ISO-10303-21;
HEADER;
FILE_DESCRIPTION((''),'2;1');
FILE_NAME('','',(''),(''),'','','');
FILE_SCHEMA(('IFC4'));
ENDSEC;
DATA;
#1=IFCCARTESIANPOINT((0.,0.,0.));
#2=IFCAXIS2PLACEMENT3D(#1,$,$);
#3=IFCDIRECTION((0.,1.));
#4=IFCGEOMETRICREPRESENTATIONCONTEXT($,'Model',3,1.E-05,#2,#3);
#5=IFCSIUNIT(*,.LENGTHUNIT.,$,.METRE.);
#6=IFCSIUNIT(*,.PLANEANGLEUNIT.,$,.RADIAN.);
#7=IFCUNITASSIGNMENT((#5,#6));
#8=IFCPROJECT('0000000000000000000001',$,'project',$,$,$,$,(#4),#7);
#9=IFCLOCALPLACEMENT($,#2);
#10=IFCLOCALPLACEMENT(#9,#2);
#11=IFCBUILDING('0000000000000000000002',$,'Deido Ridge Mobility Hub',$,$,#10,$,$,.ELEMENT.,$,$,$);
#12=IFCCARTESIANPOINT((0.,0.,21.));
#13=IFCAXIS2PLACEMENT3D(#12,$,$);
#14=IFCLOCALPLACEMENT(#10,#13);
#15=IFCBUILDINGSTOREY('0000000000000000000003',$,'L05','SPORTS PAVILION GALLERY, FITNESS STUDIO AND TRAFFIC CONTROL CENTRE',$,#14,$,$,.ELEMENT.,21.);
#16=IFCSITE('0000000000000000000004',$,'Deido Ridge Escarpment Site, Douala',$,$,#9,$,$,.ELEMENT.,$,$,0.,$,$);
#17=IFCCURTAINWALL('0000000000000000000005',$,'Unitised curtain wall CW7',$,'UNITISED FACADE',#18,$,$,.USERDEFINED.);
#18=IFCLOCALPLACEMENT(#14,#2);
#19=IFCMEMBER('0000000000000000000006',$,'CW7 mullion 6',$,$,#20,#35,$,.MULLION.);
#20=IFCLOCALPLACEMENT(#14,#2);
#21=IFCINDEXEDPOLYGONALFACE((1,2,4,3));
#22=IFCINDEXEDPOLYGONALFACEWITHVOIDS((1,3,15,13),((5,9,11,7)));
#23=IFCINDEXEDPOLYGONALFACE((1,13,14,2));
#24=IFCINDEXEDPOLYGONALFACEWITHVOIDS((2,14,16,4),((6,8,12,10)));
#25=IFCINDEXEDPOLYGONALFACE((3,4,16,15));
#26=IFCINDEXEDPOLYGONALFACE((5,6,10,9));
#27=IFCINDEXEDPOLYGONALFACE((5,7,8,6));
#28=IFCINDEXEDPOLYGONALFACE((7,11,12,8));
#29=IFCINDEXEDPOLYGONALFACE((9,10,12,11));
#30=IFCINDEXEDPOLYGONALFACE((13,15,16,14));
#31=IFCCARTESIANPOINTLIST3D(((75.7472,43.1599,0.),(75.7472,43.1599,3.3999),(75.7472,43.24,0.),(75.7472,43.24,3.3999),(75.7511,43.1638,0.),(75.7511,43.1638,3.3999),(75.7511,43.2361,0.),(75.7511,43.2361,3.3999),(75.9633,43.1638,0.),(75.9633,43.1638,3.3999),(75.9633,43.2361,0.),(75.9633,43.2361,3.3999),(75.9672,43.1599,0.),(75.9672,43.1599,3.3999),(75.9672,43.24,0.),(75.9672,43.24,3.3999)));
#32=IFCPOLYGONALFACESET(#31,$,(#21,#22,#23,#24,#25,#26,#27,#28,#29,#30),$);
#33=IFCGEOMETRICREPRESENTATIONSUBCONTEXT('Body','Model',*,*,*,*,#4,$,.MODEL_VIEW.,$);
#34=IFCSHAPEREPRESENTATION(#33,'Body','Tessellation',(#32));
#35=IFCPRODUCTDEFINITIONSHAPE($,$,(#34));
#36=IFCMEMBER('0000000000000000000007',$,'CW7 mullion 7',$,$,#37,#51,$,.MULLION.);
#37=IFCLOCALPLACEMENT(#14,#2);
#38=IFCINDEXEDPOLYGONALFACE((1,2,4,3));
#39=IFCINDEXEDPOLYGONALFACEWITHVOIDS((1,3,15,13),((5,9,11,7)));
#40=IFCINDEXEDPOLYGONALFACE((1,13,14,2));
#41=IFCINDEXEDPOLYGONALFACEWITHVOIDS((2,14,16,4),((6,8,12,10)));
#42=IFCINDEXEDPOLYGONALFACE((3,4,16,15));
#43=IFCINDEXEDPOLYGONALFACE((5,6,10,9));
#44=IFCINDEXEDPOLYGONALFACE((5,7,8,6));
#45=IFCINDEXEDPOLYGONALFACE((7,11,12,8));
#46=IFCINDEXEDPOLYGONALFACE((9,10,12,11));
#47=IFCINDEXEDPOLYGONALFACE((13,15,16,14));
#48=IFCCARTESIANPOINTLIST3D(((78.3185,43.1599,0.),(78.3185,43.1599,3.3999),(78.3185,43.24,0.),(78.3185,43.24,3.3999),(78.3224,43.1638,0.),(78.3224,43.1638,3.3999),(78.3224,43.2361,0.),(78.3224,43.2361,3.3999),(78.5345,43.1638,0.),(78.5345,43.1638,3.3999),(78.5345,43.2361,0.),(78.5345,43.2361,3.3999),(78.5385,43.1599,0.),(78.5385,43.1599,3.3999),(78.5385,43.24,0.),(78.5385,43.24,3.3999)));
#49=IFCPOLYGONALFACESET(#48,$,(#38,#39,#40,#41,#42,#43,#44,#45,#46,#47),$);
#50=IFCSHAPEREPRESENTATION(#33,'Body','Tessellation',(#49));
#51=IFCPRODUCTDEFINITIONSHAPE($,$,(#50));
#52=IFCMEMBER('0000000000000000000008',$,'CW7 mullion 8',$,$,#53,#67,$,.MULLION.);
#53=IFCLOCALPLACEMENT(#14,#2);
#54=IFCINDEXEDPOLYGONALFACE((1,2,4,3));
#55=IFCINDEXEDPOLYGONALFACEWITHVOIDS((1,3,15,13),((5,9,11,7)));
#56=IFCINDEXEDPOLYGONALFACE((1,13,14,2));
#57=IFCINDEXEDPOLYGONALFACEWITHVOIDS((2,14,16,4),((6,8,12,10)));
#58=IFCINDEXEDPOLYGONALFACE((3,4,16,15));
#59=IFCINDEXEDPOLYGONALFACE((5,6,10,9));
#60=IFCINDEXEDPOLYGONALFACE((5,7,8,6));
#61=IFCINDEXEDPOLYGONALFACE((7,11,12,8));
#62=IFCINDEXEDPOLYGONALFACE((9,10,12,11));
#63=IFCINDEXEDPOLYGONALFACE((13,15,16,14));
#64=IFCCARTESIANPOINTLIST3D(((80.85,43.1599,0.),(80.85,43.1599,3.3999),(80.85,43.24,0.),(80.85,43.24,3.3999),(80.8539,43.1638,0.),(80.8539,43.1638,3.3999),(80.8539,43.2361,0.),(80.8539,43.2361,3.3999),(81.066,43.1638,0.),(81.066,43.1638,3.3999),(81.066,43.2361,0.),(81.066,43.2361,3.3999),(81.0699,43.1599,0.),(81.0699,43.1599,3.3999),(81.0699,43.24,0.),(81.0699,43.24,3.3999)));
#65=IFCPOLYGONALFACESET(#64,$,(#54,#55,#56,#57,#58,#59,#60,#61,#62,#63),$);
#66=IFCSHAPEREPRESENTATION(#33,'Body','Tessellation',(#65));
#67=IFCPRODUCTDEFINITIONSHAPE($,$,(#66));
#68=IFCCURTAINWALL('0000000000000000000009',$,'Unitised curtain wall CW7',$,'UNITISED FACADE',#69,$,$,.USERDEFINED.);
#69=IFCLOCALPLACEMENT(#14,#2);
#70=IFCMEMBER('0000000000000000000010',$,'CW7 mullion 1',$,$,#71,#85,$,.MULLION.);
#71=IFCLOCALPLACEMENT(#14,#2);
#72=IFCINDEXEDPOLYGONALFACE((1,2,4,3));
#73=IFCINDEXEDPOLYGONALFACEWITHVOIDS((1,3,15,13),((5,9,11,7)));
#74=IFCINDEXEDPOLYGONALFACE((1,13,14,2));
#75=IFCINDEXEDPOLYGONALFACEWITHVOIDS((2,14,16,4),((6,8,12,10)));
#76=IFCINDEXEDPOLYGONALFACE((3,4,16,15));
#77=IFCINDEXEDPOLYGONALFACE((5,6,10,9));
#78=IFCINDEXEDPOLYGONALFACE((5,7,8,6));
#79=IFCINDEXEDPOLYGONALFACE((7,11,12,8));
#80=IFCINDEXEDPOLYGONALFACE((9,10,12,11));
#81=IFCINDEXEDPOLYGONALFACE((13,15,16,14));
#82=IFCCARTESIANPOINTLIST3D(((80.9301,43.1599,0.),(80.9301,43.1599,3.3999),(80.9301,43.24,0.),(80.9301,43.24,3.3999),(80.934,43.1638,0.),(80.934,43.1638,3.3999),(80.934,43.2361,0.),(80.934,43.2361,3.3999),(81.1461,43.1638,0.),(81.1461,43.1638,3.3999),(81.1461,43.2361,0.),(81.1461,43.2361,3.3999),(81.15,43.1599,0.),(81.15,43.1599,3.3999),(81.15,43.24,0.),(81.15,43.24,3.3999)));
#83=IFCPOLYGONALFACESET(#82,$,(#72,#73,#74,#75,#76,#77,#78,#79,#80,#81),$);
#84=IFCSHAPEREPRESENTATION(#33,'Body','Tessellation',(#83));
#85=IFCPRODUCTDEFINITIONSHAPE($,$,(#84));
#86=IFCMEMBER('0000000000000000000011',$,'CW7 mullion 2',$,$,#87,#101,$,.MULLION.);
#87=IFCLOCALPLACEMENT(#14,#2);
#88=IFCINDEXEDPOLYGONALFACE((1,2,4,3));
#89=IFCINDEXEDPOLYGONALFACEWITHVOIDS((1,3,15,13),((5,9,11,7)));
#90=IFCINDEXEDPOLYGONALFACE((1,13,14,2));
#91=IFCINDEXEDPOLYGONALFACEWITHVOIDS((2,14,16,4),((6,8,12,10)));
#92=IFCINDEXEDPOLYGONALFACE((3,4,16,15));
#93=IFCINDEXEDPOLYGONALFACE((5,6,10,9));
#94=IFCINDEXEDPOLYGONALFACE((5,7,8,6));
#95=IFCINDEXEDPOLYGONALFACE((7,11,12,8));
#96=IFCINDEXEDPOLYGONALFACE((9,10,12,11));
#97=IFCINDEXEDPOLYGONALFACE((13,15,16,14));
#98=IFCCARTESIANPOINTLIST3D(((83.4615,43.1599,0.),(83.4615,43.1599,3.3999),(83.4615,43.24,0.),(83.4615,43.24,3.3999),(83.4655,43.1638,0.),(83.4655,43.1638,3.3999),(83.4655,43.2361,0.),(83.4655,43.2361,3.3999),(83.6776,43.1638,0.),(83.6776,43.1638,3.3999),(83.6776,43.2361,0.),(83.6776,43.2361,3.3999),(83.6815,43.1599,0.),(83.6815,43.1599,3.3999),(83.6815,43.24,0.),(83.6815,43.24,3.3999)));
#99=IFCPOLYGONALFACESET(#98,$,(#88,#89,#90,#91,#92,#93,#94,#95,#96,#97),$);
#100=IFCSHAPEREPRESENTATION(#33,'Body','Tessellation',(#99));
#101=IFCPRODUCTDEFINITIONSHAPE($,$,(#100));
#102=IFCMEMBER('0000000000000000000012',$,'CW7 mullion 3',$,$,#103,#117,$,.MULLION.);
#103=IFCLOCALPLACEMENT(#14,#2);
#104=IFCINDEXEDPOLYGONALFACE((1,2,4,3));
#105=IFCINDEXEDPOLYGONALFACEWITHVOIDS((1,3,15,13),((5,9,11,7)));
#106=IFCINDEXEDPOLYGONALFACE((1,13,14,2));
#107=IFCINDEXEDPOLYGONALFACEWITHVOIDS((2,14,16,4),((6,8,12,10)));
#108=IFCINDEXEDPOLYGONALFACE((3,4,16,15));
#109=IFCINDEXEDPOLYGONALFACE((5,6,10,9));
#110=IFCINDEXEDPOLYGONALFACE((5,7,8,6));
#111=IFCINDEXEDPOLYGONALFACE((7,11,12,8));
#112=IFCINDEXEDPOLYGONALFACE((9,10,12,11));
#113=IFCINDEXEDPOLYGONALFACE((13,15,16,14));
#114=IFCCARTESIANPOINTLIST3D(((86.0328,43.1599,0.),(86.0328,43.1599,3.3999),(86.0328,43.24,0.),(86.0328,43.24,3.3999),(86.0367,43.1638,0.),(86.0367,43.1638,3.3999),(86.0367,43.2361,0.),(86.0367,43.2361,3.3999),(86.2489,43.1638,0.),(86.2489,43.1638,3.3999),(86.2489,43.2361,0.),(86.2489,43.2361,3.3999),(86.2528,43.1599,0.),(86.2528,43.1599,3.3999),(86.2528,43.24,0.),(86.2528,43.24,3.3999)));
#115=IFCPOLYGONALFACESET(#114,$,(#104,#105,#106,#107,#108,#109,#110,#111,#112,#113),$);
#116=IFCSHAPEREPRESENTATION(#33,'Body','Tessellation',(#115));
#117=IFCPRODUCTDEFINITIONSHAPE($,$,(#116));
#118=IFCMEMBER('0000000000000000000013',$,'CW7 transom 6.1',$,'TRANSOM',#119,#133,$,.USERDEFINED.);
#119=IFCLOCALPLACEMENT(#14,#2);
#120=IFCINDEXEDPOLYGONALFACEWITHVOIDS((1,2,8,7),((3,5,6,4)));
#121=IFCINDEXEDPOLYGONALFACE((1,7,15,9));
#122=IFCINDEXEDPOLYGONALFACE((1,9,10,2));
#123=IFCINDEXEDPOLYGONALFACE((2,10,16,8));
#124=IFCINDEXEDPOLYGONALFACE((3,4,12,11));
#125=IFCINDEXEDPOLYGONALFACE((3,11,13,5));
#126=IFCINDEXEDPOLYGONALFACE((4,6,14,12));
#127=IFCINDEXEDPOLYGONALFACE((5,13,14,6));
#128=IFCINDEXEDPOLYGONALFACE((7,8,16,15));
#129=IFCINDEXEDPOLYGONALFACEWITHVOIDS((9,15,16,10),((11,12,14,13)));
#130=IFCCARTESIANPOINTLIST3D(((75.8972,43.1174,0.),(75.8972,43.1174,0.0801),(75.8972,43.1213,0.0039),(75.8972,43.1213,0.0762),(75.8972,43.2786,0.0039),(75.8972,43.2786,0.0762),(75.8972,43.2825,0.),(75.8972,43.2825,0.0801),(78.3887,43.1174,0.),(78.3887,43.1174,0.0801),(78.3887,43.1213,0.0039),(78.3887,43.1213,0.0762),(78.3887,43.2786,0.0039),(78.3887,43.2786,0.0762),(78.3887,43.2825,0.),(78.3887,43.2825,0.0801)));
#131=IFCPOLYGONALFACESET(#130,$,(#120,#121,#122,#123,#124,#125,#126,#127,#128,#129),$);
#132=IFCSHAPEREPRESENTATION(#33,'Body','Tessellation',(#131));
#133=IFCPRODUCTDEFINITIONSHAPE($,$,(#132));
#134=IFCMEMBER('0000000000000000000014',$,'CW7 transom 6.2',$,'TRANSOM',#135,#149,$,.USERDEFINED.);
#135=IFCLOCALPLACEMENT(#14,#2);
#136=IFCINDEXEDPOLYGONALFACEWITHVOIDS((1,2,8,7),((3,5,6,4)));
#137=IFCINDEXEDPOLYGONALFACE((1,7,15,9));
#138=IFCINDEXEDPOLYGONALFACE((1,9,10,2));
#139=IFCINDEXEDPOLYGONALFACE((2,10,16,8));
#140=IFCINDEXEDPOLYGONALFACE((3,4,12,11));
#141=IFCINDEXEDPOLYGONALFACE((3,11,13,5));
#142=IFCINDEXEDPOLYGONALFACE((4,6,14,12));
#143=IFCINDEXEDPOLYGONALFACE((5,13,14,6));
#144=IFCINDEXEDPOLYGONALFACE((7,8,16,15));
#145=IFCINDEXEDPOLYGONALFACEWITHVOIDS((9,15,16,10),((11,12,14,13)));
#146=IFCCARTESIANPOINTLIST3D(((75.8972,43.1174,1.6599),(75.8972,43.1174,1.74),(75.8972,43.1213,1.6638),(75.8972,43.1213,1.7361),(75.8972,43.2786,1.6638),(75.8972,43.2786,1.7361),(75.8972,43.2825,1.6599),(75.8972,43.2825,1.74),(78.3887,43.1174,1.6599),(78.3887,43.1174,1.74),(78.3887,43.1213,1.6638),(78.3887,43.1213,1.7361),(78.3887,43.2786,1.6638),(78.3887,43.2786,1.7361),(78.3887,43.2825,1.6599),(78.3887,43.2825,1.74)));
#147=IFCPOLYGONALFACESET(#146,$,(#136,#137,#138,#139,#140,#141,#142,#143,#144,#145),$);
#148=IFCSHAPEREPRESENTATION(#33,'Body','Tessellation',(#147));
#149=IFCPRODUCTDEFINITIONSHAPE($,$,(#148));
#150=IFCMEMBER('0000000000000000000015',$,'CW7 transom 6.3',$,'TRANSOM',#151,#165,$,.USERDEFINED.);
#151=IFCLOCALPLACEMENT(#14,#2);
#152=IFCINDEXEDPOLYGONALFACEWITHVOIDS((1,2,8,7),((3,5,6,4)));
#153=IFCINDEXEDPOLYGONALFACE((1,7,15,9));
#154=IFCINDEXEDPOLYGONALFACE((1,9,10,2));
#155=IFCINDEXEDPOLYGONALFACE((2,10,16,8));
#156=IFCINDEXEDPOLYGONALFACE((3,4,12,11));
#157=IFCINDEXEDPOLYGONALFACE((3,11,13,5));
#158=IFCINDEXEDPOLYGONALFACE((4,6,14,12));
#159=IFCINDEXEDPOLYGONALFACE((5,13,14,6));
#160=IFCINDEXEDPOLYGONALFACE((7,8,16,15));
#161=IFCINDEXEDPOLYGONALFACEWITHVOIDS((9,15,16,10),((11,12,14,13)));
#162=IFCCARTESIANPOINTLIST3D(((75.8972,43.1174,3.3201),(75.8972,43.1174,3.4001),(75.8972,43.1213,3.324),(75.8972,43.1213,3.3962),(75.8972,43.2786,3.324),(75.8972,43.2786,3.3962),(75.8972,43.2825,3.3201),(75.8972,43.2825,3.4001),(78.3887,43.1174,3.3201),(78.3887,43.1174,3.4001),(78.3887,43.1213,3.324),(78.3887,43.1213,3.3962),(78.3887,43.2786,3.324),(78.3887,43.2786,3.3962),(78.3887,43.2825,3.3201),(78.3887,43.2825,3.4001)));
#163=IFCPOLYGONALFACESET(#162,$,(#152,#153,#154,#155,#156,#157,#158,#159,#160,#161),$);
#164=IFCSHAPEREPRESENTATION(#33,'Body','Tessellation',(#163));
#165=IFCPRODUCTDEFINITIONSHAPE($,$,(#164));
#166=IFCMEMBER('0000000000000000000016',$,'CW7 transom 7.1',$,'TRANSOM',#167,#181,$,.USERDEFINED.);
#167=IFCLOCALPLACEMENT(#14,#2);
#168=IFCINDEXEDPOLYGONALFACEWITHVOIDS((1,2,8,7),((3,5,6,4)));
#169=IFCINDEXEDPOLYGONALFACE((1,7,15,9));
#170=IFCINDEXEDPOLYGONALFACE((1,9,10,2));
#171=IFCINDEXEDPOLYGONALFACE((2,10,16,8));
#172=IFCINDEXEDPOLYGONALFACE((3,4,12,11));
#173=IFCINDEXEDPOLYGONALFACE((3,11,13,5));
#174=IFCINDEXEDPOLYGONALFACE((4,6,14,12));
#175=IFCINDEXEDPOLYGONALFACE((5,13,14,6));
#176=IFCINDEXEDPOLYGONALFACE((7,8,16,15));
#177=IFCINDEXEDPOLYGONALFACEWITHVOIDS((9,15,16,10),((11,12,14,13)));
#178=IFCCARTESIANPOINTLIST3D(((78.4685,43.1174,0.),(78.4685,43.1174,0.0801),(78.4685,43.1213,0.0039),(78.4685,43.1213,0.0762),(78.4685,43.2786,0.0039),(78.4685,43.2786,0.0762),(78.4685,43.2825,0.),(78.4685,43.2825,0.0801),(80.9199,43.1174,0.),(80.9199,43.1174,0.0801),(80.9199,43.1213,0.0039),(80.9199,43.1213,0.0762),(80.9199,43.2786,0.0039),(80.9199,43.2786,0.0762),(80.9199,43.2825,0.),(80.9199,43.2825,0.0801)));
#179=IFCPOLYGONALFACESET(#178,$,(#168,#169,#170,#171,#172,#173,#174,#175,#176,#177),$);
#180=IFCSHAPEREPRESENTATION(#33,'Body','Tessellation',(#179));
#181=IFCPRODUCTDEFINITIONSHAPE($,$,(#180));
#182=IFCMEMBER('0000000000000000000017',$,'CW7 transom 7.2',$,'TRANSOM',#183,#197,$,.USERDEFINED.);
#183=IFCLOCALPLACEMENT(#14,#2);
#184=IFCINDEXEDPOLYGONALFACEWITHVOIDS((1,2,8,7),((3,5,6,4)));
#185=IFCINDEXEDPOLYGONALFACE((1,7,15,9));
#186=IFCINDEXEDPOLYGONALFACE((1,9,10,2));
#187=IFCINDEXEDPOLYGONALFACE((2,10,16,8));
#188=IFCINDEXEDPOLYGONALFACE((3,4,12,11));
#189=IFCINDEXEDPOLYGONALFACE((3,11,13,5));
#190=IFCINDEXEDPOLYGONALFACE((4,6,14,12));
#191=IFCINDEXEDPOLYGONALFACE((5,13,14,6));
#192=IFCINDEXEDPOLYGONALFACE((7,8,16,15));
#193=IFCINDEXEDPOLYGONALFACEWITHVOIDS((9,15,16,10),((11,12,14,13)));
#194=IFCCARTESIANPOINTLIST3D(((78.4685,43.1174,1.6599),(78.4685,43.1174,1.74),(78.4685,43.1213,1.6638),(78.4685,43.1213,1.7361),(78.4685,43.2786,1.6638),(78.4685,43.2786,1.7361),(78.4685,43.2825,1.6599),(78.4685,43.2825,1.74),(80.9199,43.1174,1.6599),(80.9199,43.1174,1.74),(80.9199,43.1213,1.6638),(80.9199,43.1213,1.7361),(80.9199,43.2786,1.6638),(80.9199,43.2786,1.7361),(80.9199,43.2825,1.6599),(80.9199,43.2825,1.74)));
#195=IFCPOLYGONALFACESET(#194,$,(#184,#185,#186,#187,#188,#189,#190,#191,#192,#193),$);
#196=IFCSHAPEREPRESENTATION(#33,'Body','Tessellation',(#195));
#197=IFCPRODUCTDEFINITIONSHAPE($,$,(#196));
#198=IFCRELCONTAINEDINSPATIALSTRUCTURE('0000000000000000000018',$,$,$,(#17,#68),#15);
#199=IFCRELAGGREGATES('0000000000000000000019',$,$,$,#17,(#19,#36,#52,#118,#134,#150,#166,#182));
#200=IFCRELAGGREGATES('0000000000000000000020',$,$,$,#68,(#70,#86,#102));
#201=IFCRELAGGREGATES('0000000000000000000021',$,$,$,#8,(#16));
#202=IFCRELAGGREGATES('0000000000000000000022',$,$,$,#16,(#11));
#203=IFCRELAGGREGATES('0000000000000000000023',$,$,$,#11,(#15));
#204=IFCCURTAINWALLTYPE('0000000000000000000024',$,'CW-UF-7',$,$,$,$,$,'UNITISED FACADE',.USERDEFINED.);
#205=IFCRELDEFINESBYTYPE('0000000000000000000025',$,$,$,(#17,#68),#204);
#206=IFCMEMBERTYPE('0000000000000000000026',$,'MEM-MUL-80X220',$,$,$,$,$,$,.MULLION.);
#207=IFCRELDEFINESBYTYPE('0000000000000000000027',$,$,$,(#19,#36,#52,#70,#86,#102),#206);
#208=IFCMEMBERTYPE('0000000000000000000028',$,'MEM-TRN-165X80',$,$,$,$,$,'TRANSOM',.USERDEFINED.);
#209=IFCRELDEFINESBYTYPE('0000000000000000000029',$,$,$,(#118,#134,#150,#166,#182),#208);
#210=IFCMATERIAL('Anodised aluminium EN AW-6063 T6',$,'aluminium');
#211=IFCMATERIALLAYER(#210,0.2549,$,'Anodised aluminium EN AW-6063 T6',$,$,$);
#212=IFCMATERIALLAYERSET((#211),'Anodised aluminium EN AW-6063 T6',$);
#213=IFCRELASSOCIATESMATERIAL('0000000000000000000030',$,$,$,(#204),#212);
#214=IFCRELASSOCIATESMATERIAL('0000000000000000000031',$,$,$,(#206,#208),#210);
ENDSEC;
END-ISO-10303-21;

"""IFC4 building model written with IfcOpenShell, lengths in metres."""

from ifc_helpers import new_model, si_unit, direction, frame, origin, origin_2d, place, context, subcontext, project, spatial, hollow_rectangle, extrude, material, layer, layer_set, material_profile, profile_set, type_object, element, aggregate, save


model = new_model("IFC4")

# Units and contexts
model_context = context("Model", 3, precision=1e-05, world=origin(), true_north=direction((0.0, 1.0)))
body_context = subcontext(model_context, "Body", "Model", "MODEL_VIEW")
ifc_project = project(units=[si_unit("LENGTHUNIT", "METRE"), si_unit("PLANEANGLEUNIT", "RADIAN")], contexts=[model_context])

# Site, building, storey
site_placement = place(None, origin())
site = spatial("IfcSite", under=ifc_project, at=site_placement, Name="Deido Ridge Escarpment Site, Douala", CompositionType="ELEMENT", RefElevation=0.0)
building_placement = place(site_placement, origin())
building = spatial("IfcBuilding", under=site, at=building_placement, Name="Deido Ridge Mobility Hub", CompositionType="ELEMENT")
storey_placement = place(building_placement, frame((0.0, 0.0, 21.0)))
storey = spatial("IfcBuildingStorey", under=building, at=storey_placement, Name="L05", Description="SPORTS PAVILION GALLERY, FITNESS STUDIO AND TRAFFIC CONTROL CENTRE", CompositionType="ELEMENT", Elevation=21.0)

# Curtain walls, members
ifc_material_1 = material(Name="Anodised aluminium EN AW-6063 T6", Category="aluminium")
ifc_layer_1 = layer(ifc_material_1, 0.2549, Name="Anodised aluminium EN AW-6063 T6")
ifc_layer_set_1 = layer_set([ifc_layer_1], Name="Anodised aluminium EN AW-6063 T6")
curtain_wall_type = type_object("IfcCurtainWallType", Name="CW-UF-7", ElementType="UNITISED FACADE", PredefinedType="USERDEFINED", material=ifc_layer_set_1)
curtain_wall_1_placement = place(storey_placement, origin())
curtain_wall_1 = element("IfcCurtainWall", 1, at=curtain_wall_1_placement, inside=storey, type_object=curtain_wall_type, Name="Unitised curtain wall CW7", ObjectType="UNITISED FACADE", PredefinedType="USERDEFINED")
ifc_material_profile_1 = material_profile(ifc_material_1, hollow_rectangle(XDim=0.0801, YDim=0.22, WallThickness=0.0039, at=origin_2d()), Name="RHS 80x220x4")
ifc_profile_set_1 = profile_set([ifc_material_profile_1], Name="Anodised aluminium EN AW-6063 T6")
member_type_1 = type_object("IfcMemberType", Name="MEM-MUL-80X220", PredefinedType="MULLION", material=ifc_profile_set_1)
member_1_placement = place(storey_placement, frame((75.8572, 43.2, 0.0), z_axis=(0.0, 0.0, 1.0), x_axis=(0.0, 1.0, 0.0)))
member_1 = element("IfcMember", 2, at=member_1_placement, type_object=member_type_1, Name="CW7 mullion 6", PredefinedType="MULLION", context=body_context, shape_type="SweptSolid", body=[
    extrude(hollow_rectangle(XDim=0.0801, YDim=0.22, WallThickness=0.0039, at=origin_2d()), origin(), (0.0, 0.0, 1.0), 3.3999),
])
member_2_placement = place(storey_placement, frame((78.4285, 43.2, 0.0), z_axis=(0.0, 0.0, 1.0), x_axis=(0.0, 1.0, 0.0)))
member_2 = element("IfcMember", 3, at=member_2_placement, type_object=member_type_1, Name="CW7 mullion 7", PredefinedType="MULLION", context=body_context, shape_type="SweptSolid", body=[
    extrude(hollow_rectangle(XDim=0.0801, YDim=0.22, WallThickness=0.0039, at=origin_2d()), origin(), (0.0, 0.0, 1.0), 3.3999),
])
member_3_placement = place(storey_placement, frame((80.96, 43.2, 0.0), z_axis=(0.0, 0.0, 1.0), x_axis=(0.0, 1.0, 0.0)))
member_3 = element("IfcMember", 4, at=member_3_placement, type_object=member_type_1, Name="CW7 mullion 8", PredefinedType="MULLION", context=body_context, shape_type="SweptSolid", body=[
    extrude(hollow_rectangle(XDim=0.0801, YDim=0.22, WallThickness=0.0039, at=origin_2d()), origin(), (0.0, 0.0, 1.0), 3.3999),
])
curtain_wall_2_placement = place(storey_placement, origin())
curtain_wall_2 = element("IfcCurtainWall", 5, at=curtain_wall_2_placement, inside=storey, type_object=curtain_wall_type, Name="Unitised curtain wall CW7", ObjectType="UNITISED FACADE", PredefinedType="USERDEFINED")
member_4_placement = place(storey_placement, frame((81.04, 43.2, 0.0), z_axis=(0.0, 0.0, 1.0), x_axis=(0.0, 1.0, 0.0)))
member_4 = element("IfcMember", 6, at=member_4_placement, type_object=member_type_1, Name="CW7 mullion 1", PredefinedType="MULLION", context=body_context, shape_type="SweptSolid", body=[
    extrude(hollow_rectangle(XDim=0.0801, YDim=0.22, WallThickness=0.0039, at=origin_2d()), origin(), (0.0, 0.0, 1.0), 3.3999),
])
member_5_placement = place(storey_placement, frame((83.5715, 43.2, 0.0), z_axis=(0.0, 0.0, 1.0), x_axis=(0.0, 1.0, 0.0)))
member_5 = element("IfcMember", 7, at=member_5_placement, type_object=member_type_1, Name="CW7 mullion 2", PredefinedType="MULLION", context=body_context, shape_type="SweptSolid", body=[
    extrude(hollow_rectangle(XDim=0.0801, YDim=0.22, WallThickness=0.0039, at=origin_2d()), origin(), (0.0, 0.0, 1.0), 3.3999),
])
member_6_placement = place(storey_placement, frame((86.1428, 43.2, 0.0), z_axis=(0.0, 0.0, 1.0), x_axis=(0.0, 1.0, 0.0)))
member_6 = element("IfcMember", 8, at=member_6_placement, type_object=member_type_1, Name="CW7 mullion 3", PredefinedType="MULLION", context=body_context, shape_type="SweptSolid", body=[
    extrude(hollow_rectangle(XDim=0.0801, YDim=0.22, WallThickness=0.0039, at=origin_2d()), origin(), (0.0, 0.0, 1.0), 3.3999),
])

# Members
ifc_material_profile_2 = material_profile(ifc_material_1, hollow_rectangle(XDim=0.165, YDim=0.0801, WallThickness=0.0039, at=origin_2d()), Name="RHS 165x80x4")
ifc_profile_set_2 = profile_set([ifc_material_profile_2], Name="Anodised aluminium EN AW-6063 T6")
member_type_2 = type_object("IfcMemberType", Name="MEM-TRN-165X80", ElementType="TRANSOM", PredefinedType="USERDEFINED", material=ifc_profile_set_2)
member_7_placement = place(storey_placement, frame((75.8972, 43.2, 0.04), z_axis=(1.0, 0.0, 0.0), x_axis=(0.0, 1.0, 0.0)))
member_7 = element("IfcMember", 9, at=member_7_placement, type_object=member_type_2, Name="CW7 transom 6.1", ObjectType="TRANSOM", PredefinedType="USERDEFINED", context=body_context, shape_type="SweptSolid", body=[
    extrude(hollow_rectangle(XDim=0.165, YDim=0.0801, WallThickness=0.0039, at=origin_2d()), origin(), (0.0, 0.0, 1.0), 2.4915),
])
member_8_placement = place(storey_placement, frame((75.8972, 43.2, 1.7), z_axis=(1.0, 0.0, 0.0), x_axis=(0.0, 1.0, 0.0)))
member_8 = element("IfcMember", 10, at=member_8_placement, type_object=member_type_2, Name="CW7 transom 6.2", ObjectType="TRANSOM", PredefinedType="USERDEFINED", context=body_context, shape_type="SweptSolid", body=[
    extrude(hollow_rectangle(XDim=0.165, YDim=0.0801, WallThickness=0.0039, at=origin_2d()), origin(), (0.0, 0.0, 1.0), 2.4915),
])
member_9_placement = place(storey_placement, frame((75.8972, 43.2, 3.3601), z_axis=(1.0, 0.0, 0.0), x_axis=(0.0, 1.0, 0.0)))
member_9 = element("IfcMember", 11, at=member_9_placement, type_object=member_type_2, Name="CW7 transom 6.3", ObjectType="TRANSOM", PredefinedType="USERDEFINED", context=body_context, shape_type="SweptSolid", body=[
    extrude(hollow_rectangle(XDim=0.165, YDim=0.0801, WallThickness=0.0039, at=origin_2d()), origin(), (0.0, 0.0, 1.0), 2.4915),
])
member_10_placement = place(storey_placement, frame((78.4685, 43.2, 0.04), z_axis=(1.0, 0.0, 0.0), x_axis=(0.0, 1.0, 0.0)))
member_10 = element("IfcMember", 12, at=member_10_placement, type_object=member_type_2, Name="CW7 transom 7.1", ObjectType="TRANSOM", PredefinedType="USERDEFINED", context=body_context, shape_type="SweptSolid", body=[
    extrude(hollow_rectangle(XDim=0.165, YDim=0.0801, WallThickness=0.0039, at=origin_2d()), origin(), (0.0, 0.0, 1.0), 2.4514),
])
member_11_placement = place(storey_placement, frame((78.4685, 43.2, 1.7), z_axis=(1.0, 0.0, 0.0), x_axis=(0.0, 1.0, 0.0)))
member_11 = element("IfcMember", 13, at=member_11_placement, type_object=member_type_2, Name="CW7 transom 7.2", ObjectType="TRANSOM", PredefinedType="USERDEFINED", context=body_context, shape_type="SweptSolid", body=[
    extrude(hollow_rectangle(XDim=0.165, YDim=0.0801, WallThickness=0.0039, at=origin_2d()), origin(), (0.0, 0.0, 1.0), 2.4514),
])

aggregate(curtain_wall_1, [member_1, member_2, member_3, member_7, member_8, member_9, member_10, member_11])
aggregate(curtain_wall_2, [member_4, member_5, member_6])

save(model, "model.ifc")
